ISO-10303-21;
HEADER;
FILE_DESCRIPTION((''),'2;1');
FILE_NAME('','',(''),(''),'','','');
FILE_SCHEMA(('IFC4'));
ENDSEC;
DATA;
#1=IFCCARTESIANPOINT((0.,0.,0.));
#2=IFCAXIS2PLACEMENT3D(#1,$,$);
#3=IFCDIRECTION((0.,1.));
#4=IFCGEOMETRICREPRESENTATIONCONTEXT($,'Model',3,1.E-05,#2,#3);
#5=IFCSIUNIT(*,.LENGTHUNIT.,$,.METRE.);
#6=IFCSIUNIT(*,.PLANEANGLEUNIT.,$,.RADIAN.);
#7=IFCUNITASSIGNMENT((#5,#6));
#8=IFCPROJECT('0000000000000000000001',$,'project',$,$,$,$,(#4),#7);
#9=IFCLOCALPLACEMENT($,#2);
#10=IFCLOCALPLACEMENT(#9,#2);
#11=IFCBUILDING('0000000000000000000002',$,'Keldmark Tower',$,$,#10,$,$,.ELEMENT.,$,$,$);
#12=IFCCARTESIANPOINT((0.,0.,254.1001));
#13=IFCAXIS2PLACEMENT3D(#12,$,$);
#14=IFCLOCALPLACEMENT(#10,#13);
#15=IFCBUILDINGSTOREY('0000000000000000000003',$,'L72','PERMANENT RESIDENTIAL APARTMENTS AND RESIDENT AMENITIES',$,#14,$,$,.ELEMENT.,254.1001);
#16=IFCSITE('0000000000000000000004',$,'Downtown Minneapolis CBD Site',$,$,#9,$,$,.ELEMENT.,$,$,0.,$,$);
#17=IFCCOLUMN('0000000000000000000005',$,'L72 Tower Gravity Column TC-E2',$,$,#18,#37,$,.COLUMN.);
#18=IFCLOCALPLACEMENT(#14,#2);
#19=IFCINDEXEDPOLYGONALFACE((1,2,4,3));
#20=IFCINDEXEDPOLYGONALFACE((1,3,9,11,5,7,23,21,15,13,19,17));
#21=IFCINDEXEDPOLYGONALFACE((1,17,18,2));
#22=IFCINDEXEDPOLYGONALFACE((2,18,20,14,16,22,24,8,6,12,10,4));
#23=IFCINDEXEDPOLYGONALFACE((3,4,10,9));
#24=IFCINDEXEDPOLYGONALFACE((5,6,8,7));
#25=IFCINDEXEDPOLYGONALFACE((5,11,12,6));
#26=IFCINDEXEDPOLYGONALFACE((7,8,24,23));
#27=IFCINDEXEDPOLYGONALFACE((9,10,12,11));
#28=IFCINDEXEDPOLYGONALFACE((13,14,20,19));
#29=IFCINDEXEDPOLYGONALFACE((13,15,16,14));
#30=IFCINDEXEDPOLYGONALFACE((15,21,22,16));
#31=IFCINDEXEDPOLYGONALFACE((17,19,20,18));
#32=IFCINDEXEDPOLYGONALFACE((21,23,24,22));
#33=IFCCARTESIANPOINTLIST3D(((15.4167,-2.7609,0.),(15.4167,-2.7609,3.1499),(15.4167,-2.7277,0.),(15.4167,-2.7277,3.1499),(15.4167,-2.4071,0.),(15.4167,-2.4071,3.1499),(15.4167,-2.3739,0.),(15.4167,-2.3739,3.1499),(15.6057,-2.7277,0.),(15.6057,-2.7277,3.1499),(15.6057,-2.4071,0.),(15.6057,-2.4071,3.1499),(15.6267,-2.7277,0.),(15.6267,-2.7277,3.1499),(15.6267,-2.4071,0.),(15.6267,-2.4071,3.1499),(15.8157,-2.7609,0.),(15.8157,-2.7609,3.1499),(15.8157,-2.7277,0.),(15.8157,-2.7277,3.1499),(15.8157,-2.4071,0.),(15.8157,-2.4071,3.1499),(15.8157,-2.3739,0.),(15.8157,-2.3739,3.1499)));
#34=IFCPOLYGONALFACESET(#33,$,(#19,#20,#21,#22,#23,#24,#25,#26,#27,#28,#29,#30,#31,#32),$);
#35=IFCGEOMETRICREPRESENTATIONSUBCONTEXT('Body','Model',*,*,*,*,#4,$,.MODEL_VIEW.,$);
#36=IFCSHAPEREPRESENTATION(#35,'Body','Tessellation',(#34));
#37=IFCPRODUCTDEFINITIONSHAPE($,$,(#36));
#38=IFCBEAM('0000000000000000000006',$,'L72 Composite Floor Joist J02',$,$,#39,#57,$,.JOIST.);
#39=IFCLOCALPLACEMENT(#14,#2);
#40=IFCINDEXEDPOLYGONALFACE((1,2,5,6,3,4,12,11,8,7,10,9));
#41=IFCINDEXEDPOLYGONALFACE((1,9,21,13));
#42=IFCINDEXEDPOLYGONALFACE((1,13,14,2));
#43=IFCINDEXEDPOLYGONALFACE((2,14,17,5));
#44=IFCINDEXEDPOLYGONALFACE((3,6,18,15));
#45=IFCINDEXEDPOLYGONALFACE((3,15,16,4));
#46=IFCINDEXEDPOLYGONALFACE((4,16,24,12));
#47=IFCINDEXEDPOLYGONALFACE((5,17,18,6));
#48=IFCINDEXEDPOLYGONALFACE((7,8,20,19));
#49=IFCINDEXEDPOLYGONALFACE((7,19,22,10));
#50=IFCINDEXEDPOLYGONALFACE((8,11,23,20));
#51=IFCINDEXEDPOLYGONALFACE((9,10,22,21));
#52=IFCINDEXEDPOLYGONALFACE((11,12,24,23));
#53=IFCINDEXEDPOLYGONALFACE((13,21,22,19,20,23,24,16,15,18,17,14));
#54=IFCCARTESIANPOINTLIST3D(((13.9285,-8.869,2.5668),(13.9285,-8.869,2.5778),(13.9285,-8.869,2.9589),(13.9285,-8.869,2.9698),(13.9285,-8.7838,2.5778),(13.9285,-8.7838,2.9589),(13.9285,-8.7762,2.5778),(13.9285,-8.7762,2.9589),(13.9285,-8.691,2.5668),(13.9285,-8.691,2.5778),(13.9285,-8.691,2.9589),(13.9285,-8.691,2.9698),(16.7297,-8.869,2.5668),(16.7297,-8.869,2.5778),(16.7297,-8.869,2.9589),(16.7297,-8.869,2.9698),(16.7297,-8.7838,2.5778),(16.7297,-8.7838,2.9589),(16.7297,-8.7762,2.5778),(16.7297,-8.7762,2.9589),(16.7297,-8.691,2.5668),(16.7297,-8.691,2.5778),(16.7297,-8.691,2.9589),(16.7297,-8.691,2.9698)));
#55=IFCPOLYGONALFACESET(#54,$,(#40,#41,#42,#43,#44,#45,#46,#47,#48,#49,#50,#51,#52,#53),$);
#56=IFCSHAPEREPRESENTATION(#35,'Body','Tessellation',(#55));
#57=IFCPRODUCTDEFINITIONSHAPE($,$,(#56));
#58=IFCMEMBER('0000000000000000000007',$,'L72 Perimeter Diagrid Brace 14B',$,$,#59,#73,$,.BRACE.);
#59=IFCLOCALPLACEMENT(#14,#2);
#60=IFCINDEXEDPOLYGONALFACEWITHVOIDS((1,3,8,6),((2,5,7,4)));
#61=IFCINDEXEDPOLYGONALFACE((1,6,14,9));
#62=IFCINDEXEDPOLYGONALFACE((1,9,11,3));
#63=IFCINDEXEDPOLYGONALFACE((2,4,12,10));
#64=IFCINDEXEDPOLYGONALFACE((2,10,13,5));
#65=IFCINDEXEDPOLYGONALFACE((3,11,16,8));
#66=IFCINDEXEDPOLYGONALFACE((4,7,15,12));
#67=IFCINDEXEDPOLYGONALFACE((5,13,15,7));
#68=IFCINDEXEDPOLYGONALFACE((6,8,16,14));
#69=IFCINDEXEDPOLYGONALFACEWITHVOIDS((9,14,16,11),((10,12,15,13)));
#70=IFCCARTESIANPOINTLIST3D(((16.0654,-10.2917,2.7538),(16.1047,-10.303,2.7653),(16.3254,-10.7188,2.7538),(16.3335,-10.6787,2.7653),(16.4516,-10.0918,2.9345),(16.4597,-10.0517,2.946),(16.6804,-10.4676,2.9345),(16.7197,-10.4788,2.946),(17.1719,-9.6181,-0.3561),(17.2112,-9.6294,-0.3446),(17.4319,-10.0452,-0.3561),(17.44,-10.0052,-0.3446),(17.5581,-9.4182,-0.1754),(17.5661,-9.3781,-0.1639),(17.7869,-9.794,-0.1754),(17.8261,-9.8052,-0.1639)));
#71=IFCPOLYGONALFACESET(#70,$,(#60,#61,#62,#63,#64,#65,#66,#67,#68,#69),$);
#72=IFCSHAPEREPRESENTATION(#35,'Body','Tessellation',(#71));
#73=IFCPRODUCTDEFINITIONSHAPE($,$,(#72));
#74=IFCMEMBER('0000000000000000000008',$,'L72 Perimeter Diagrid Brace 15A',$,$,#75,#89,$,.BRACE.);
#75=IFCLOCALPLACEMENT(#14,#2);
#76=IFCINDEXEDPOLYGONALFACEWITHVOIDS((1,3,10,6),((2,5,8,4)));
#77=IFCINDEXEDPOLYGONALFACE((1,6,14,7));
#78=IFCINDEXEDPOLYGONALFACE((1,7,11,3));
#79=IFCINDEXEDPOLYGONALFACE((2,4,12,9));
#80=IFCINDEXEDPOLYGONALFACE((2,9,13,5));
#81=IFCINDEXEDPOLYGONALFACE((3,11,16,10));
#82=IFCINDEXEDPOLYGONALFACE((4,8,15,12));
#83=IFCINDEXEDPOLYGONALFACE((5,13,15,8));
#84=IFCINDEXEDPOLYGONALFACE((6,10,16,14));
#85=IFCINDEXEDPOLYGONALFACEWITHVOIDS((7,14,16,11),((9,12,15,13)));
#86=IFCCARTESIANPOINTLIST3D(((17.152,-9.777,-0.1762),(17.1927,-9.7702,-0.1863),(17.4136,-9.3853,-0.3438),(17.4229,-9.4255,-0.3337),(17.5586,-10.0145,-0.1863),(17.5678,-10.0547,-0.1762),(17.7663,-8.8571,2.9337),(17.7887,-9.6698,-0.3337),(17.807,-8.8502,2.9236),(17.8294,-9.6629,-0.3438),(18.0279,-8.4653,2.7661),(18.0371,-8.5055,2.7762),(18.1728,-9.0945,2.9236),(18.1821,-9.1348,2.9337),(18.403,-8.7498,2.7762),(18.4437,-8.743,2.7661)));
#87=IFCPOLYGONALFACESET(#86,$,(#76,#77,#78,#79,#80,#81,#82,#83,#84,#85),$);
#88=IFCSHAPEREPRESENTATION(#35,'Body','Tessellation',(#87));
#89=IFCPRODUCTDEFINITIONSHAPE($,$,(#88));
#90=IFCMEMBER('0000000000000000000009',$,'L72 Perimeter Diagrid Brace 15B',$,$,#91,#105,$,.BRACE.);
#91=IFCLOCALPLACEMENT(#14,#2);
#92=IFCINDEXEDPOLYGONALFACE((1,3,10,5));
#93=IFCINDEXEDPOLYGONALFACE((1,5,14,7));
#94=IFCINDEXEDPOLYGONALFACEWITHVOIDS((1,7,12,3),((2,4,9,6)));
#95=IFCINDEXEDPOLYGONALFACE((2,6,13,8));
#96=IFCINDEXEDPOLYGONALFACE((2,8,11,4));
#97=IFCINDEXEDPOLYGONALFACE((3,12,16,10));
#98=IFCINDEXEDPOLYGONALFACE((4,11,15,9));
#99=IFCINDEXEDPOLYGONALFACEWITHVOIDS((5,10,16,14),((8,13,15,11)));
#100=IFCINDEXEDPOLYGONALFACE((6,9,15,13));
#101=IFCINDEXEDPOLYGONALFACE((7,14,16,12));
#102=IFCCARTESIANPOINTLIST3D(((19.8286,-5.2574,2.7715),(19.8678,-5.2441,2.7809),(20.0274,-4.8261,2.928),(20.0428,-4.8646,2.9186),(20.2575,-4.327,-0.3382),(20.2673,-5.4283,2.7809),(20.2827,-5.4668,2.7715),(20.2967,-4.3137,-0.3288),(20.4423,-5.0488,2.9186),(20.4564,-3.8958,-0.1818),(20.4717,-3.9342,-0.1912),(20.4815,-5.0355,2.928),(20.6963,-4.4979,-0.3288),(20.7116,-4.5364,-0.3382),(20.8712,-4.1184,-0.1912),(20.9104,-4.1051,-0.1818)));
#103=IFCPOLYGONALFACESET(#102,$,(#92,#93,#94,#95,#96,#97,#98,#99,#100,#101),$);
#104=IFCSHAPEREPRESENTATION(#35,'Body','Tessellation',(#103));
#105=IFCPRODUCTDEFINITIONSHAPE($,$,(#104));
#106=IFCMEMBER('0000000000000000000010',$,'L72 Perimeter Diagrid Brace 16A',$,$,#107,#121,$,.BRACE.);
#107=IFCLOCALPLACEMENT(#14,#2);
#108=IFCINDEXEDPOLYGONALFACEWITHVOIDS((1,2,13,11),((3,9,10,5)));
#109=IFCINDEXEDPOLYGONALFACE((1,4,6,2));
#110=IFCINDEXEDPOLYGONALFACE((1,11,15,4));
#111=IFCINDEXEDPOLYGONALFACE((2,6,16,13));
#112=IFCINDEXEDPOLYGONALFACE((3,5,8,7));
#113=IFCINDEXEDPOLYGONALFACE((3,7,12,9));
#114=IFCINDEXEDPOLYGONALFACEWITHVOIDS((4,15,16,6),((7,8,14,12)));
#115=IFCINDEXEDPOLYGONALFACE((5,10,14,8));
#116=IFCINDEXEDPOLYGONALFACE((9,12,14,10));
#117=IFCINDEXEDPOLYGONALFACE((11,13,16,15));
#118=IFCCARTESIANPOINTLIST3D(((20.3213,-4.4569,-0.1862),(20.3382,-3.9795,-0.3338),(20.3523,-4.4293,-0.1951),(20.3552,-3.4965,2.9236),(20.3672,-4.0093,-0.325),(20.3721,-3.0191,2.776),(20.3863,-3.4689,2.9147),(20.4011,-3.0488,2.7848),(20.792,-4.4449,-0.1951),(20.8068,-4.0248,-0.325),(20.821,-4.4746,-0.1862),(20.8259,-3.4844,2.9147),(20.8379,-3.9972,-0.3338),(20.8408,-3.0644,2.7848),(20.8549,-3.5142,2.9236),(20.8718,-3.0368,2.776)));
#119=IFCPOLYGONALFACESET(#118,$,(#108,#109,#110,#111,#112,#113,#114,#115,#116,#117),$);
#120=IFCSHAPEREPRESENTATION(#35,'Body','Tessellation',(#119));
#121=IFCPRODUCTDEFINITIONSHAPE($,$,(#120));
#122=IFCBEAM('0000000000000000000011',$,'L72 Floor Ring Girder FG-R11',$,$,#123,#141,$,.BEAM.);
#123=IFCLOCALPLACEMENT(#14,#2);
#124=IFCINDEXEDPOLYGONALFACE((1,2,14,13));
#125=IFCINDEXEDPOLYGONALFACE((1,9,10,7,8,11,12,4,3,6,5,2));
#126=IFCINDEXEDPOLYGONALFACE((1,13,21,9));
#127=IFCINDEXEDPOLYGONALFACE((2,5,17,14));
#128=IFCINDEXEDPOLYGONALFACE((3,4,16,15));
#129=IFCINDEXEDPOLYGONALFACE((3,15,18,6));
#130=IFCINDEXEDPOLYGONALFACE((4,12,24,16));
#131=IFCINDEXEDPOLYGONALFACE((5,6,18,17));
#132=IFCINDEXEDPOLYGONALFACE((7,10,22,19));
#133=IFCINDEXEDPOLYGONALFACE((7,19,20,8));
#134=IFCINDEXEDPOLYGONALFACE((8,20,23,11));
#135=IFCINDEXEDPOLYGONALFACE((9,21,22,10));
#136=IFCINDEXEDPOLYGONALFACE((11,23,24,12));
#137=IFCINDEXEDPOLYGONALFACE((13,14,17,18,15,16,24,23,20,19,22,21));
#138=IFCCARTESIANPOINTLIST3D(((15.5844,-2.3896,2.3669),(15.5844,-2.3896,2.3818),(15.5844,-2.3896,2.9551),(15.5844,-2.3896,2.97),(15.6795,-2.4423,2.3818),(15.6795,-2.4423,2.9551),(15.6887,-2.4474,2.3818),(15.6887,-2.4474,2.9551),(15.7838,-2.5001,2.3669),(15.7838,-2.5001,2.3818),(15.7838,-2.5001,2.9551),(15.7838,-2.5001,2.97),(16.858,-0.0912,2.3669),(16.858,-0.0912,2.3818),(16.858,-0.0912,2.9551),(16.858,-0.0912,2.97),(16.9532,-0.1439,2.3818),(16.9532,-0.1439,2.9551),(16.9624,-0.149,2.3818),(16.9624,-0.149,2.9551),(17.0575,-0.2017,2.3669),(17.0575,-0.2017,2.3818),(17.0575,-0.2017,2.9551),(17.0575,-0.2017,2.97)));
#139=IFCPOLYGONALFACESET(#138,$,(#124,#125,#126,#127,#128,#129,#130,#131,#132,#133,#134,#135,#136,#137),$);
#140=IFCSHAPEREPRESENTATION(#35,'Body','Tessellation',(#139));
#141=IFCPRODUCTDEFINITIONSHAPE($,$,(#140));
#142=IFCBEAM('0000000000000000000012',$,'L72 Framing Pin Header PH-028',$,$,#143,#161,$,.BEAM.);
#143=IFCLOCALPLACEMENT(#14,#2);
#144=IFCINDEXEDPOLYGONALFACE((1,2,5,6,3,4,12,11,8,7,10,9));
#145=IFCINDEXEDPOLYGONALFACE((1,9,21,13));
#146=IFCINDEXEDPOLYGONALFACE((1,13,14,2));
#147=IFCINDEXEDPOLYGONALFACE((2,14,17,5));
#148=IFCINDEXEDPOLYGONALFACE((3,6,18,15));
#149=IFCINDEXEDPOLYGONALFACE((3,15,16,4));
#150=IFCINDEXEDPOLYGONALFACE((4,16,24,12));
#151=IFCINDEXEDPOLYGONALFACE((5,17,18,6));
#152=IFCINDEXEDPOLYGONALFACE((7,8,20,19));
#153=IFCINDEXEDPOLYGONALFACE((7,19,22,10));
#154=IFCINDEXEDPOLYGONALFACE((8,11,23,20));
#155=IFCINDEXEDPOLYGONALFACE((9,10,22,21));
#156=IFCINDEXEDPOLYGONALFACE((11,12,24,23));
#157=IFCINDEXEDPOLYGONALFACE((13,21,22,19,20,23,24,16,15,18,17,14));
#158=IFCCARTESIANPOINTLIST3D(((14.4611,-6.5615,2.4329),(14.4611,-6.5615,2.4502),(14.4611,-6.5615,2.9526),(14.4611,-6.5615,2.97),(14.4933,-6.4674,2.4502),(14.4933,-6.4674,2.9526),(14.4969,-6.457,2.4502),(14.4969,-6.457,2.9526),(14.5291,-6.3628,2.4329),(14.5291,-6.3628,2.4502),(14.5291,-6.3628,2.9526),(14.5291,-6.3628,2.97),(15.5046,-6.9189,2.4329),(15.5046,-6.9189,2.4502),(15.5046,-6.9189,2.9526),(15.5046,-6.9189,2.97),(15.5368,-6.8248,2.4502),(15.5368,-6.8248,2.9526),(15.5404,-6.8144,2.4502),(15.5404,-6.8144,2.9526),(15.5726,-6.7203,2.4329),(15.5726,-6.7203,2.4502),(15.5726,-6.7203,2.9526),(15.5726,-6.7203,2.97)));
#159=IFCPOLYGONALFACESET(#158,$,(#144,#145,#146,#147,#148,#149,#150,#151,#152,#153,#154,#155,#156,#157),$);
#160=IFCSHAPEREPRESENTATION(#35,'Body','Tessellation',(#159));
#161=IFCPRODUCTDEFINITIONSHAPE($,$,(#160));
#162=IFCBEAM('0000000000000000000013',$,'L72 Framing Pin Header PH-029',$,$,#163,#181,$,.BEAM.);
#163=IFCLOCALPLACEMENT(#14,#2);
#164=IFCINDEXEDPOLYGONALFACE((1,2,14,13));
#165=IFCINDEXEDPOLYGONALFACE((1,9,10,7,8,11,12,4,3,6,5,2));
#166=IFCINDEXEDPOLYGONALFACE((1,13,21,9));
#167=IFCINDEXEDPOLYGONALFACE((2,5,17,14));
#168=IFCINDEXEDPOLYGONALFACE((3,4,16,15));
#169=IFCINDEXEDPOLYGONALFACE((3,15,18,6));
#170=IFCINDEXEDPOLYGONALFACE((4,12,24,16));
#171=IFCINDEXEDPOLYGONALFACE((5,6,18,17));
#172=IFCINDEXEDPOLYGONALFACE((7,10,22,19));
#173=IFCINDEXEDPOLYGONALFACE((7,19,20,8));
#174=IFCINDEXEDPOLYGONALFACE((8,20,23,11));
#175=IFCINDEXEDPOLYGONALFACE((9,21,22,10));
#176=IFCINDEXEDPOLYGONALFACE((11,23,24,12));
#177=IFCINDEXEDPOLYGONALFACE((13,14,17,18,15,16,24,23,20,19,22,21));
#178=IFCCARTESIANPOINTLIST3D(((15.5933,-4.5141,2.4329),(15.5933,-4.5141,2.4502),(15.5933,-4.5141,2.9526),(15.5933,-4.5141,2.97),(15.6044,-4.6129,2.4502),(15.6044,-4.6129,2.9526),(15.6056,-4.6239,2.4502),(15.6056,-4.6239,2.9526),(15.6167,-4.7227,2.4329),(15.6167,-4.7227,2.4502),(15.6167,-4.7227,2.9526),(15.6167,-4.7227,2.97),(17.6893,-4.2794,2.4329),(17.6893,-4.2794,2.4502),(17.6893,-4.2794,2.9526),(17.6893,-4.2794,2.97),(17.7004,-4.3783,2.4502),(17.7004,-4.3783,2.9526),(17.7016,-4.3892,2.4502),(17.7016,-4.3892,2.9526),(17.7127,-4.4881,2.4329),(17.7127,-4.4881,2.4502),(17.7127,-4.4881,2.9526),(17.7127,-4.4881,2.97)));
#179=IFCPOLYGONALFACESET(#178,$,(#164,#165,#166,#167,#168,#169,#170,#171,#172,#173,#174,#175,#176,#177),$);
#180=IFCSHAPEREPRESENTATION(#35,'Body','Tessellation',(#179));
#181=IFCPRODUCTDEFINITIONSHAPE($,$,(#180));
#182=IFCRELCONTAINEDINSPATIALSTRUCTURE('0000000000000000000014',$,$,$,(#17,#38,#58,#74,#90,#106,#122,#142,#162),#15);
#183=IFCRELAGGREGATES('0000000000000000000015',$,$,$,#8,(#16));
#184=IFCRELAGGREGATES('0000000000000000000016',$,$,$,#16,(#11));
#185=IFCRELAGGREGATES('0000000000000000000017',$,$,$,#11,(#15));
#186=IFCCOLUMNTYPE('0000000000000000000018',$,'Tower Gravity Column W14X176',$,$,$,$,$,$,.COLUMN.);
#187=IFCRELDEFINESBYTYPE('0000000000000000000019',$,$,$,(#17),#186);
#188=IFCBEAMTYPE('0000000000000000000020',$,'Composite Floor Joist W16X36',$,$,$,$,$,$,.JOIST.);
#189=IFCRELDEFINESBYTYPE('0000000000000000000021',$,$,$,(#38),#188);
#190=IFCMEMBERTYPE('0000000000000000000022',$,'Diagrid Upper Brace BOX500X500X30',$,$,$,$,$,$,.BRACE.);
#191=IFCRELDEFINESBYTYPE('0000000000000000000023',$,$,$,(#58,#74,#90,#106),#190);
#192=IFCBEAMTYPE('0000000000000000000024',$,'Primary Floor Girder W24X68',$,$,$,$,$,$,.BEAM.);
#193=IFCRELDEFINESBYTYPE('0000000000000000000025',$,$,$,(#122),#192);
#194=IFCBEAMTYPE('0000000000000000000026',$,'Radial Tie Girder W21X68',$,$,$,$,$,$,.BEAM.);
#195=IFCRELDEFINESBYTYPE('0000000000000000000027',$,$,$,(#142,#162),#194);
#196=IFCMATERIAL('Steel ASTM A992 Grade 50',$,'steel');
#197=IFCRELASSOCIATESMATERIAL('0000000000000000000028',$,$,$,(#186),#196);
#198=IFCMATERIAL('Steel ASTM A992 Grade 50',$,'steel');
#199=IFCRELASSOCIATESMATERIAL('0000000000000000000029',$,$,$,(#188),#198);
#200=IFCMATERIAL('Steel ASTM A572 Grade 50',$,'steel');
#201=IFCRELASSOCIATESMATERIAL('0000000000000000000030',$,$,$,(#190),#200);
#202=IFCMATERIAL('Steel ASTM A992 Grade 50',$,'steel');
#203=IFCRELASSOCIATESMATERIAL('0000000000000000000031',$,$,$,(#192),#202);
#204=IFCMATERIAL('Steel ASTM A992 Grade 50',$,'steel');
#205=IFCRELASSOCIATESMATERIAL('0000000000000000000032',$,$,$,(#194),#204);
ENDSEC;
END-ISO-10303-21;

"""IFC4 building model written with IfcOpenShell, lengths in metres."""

from ifc_helpers import new_model, si_unit, direction, frame, origin, origin_2d, place, context, subcontext, project, spatial, hollow_rectangle, i_section, extrude, material, material_profile, profile_set, type_object, element, save


model = new_model("IFC4")

# Units and contexts
model_context = context("Model", 3, precision=1e-05, world=origin(), true_north=direction((0.0, 1.0)))
body_context = subcontext(model_context, "Body", "Model", "MODEL_VIEW")
ifc_project = project(units=[si_unit("LENGTHUNIT", "METRE"), si_unit("PLANEANGLEUNIT", "RADIAN")], contexts=[model_context])

# Site, building, storey
site_placement = place(None, origin())
site = spatial("IfcSite", under=ifc_project, at=site_placement, Name="Downtown Minneapolis CBD Site", CompositionType="ELEMENT", RefElevation=0.0)
building_placement = place(site_placement, origin())
building = spatial("IfcBuilding", under=site, at=building_placement, Name="Keldmark Tower", CompositionType="ELEMENT")
storey_placement = place(building_placement, frame((0.0, 0.0, 254.1001)))
storey = spatial("IfcBuildingStorey", under=building, at=storey_placement, Name="L72", Description="PERMANENT RESIDENTIAL APARTMENTS AND RESIDENT AMENITIES", CompositionType="ELEMENT", Elevation=254.1001)

# Column
ifc_material_1 = material(Name="Steel ASTM A992 Grade 50", Category="steel")
ifc_material_profile_1 = material_profile(ifc_material_1, i_section(OverallWidth=0.3989, OverallDepth=0.387, WebThickness=0.021, FlangeThickness=0.0332, at=origin_2d()), Name="W14X176")
ifc_profile_set_1 = profile_set([ifc_material_profile_1], Name="Steel ASTM A992 Grade 50")
column_type = type_object("IfcColumnType", Name="Tower Gravity Column W14X176", PredefinedType="COLUMN", material=ifc_profile_set_1)
column_placement = place(storey_placement, frame((15.6162, -2.5674, 0.0), z_axis=(0.0, 0.0, 1.0), x_axis=(1.0, 0.0, 0.0)))
element("IfcColumn", 1, at=column_placement, inside=storey, type_object=column_type, Name="L72 Tower Gravity Column TC-E2", PredefinedType="COLUMN", context=body_context, shape_type="SweptSolid", body=[
    extrude(i_section(OverallWidth=0.3989, OverallDepth=0.387, WebThickness=0.021, FlangeThickness=0.0332, at=origin_2d()), origin(), (0.0, 0.0, 1.0), 3.1499),
])

# Beam
ifc_material_2 = material(Name="Steel ASTM A992 Grade 50", Category="steel")
ifc_material_profile_2 = material_profile(ifc_material_2, i_section(OverallWidth=0.178, OverallDepth=0.4031, WebThickness=0.0076, FlangeThickness=0.011, at=origin_2d()), Name="W16X36")
ifc_profile_set_2 = profile_set([ifc_material_profile_2], Name="Steel ASTM A992 Grade 50")
beam_type_1 = type_object("IfcBeamType", Name="Composite Floor Joist W16X36", PredefinedType="JOIST", material=ifc_profile_set_2)
beam_1_placement = place(storey_placement, frame((13.9285, -8.78, 2.7683), z_axis=(1.0, 0.0, 0.0), x_axis=(0.0, 1.0, 0.0)))
element("IfcBeam", 2, at=beam_1_placement, inside=storey, type_object=beam_type_1, Name="L72 Composite Floor Joist J02", PredefinedType="JOIST", context=body_context, shape_type="SweptSolid", body=[
    extrude(i_section(OverallWidth=0.178, OverallDepth=0.4031, WebThickness=0.0076, FlangeThickness=0.011, at=origin_2d()), origin(), (0.0, 0.0, 1.0), 2.8013),
])

# Members
ifc_material_3 = material(Name="Steel ASTM A572 Grade 50", Category="steel")
ifc_material_profile_3 = material_profile(ifc_material_3, hollow_rectangle(XDim=0.5, YDim=0.5, WallThickness=0.03, at=origin_2d()), Name="BOX500X500X30")
ifc_profile_set_3 = profile_set([ifc_material_profile_3], Name="Steel ASTM A572 Grade 50")
member_type = type_object("IfcMemberType", Name="Diagrid Upper Brace BOX500X500X30", PredefinedType="BRACE", material=ifc_profile_set_3)
member_1_placement = place(storey_placement, frame((17.499, -9.7117, -0.26), z_axis=(-0.328434, -0.199944, 0.923122), x_axis=(0.520001, -0.854166, 0.0)))
element("IfcMember", 3, at=member_1_placement, inside=storey, type_object=member_type, Name="L72 Perimeter Diagrid Brace 14B", PredefinedType="BRACE", context=body_context, shape_type="SweptSolid", body=[
    extrude(hollow_rectangle(XDim=0.5, YDim=0.5, WallThickness=0.03, at=origin_2d()), origin(), (0.0, 0.0, 1.0), 3.3689),
])
member_2_placement = place(storey_placement, frame((17.4907, -9.72, -0.26), z_axis=(0.186098, 0.278703, 0.942174), x_axis=(-0.831643, 0.555311, 0.0)))
element("IfcMember", 4, at=member_2_placement, inside=storey, type_object=member_type, Name="L72 Perimeter Diagrid Brace 15A", PredefinedType="BRACE", context=body_context, shape_type="SweptSolid", body=[
    extrude(hollow_rectangle(XDim=0.5, YDim=0.5, WallThickness=0.03, at=origin_2d()), origin(), (0.0, 0.0, 1.0), 3.3008),
])
member_3_placement = place(storey_placement, frame((20.584, -4.2161, -0.26), z_axis=(-0.131007, -0.28416, 0.949784), x_axis=(0.908134, -0.41868, 0.0)))
element("IfcMember", 5, at=member_3_placement, inside=storey, type_object=member_type, Name="L72 Perimeter Diagrid Brace 15B", PredefinedType="BRACE", context=body_context, shape_type="SweptSolid", body=[
    extrude(hollow_rectangle(XDim=0.5, YDim=0.5, WallThickness=0.03, at=origin_2d()), origin(), (0.0, 0.0, 1.0), 3.2742),
])
member_4_placement = place(storey_placement, frame((20.5796, -4.2271, -0.26), z_axis=(0.010426, 0.295071, 0.955418), x_axis=(-0.999376, 0.035311, 0.0)))
element("IfcMember", 6, at=member_4_placement, inside=storey, type_object=member_type, Name="L72 Perimeter Diagrid Brace 16A", PredefinedType="BRACE", context=body_context, shape_type="SweptSolid", body=[
    extrude(hollow_rectangle(XDim=0.5, YDim=0.5, WallThickness=0.03, at=origin_2d()), origin(), (0.0, 0.0, 1.0), 3.2549),
])

# Beams
ifc_material_4 = material(Name="Steel ASTM A992 Grade 50", Category="steel")
ifc_material_profile_4 = material_profile(ifc_material_4, i_section(OverallWidth=0.228, OverallDepth=0.603, WebThickness=0.0105, FlangeThickness=0.0149, at=origin_2d()), Name="W24X68")
ifc_profile_set_4 = profile_set([ifc_material_profile_4], Name="Steel ASTM A992 Grade 50")
beam_type_2 = type_object("IfcBeamType", Name="Primary Floor Girder W24X68", PredefinedType="BEAM", material=ifc_profile_set_4)
beam_2_placement = place(storey_placement, frame((15.6841, -2.4448, 2.6685), z_axis=(0.48472, 0.87467, 0.0), x_axis=(-0.87467, 0.48472, 0.0)))
element("IfcBeam", 7, at=beam_2_placement, inside=storey, type_object=beam_type_2, Name="L72 Floor Ring Girder FG-R11", PredefinedType="BEAM", context=body_context, shape_type="SweptSolid", body=[
    extrude(i_section(OverallWidth=0.228, OverallDepth=0.603, WebThickness=0.0105, FlangeThickness=0.0149, at=origin_2d()), origin(), (0.0, 0.0, 1.0), 2.6277),
])
ifc_material_5 = material(Name="Steel ASTM A992 Grade 50", Category="steel")
ifc_material_profile_5 = material_profile(ifc_material_5, i_section(OverallWidth=0.21, OverallDepth=0.5371, WebThickness=0.011, FlangeThickness=0.0173, at=origin_2d()), Name="W21X68")
ifc_profile_set_5 = profile_set([ifc_material_profile_5], Name="Steel ASTM A992 Grade 50")
beam_type_3 = type_object("IfcBeamType", Name="Radial Tie Girder W21X68", PredefinedType="BEAM", material=ifc_profile_set_5)
beam_3_placement = place(storey_placement, frame((14.4951, -6.4622, 2.7014), z_axis=(0.946039, -0.324053, 0.0), x_axis=(0.324053, 0.946039, 0.0)))
element("IfcBeam", 8, at=beam_3_placement, inside=storey, type_object=beam_type_3, Name="L72 Framing Pin Header PH-028", PredefinedType="BEAM", context=body_context, shape_type="SweptSolid", body=[
    extrude(i_section(OverallWidth=0.21, OverallDepth=0.5371, WebThickness=0.011, FlangeThickness=0.0173, at=origin_2d()), origin(), (0.0, 0.0, 1.0), 1.103),
])
beam_4_placement = place(storey_placement, frame((15.605, -4.6184, 2.7014), z_axis=(0.993793, 0.111245, 0.0), x_axis=(-0.111245, 0.993793, 0.0)))
element("IfcBeam", 9, at=beam_4_placement, inside=storey, type_object=beam_type_3, Name="L72 Framing Pin Header PH-029", PredefinedType="BEAM", context=body_context, shape_type="SweptSolid", body=[
    extrude(i_section(OverallWidth=0.21, OverallDepth=0.5371, WebThickness=0.011, FlangeThickness=0.0173, at=origin_2d()), origin(), (0.0, 0.0, 1.0), 2.1091),
])

save(model, "model.ifc")
